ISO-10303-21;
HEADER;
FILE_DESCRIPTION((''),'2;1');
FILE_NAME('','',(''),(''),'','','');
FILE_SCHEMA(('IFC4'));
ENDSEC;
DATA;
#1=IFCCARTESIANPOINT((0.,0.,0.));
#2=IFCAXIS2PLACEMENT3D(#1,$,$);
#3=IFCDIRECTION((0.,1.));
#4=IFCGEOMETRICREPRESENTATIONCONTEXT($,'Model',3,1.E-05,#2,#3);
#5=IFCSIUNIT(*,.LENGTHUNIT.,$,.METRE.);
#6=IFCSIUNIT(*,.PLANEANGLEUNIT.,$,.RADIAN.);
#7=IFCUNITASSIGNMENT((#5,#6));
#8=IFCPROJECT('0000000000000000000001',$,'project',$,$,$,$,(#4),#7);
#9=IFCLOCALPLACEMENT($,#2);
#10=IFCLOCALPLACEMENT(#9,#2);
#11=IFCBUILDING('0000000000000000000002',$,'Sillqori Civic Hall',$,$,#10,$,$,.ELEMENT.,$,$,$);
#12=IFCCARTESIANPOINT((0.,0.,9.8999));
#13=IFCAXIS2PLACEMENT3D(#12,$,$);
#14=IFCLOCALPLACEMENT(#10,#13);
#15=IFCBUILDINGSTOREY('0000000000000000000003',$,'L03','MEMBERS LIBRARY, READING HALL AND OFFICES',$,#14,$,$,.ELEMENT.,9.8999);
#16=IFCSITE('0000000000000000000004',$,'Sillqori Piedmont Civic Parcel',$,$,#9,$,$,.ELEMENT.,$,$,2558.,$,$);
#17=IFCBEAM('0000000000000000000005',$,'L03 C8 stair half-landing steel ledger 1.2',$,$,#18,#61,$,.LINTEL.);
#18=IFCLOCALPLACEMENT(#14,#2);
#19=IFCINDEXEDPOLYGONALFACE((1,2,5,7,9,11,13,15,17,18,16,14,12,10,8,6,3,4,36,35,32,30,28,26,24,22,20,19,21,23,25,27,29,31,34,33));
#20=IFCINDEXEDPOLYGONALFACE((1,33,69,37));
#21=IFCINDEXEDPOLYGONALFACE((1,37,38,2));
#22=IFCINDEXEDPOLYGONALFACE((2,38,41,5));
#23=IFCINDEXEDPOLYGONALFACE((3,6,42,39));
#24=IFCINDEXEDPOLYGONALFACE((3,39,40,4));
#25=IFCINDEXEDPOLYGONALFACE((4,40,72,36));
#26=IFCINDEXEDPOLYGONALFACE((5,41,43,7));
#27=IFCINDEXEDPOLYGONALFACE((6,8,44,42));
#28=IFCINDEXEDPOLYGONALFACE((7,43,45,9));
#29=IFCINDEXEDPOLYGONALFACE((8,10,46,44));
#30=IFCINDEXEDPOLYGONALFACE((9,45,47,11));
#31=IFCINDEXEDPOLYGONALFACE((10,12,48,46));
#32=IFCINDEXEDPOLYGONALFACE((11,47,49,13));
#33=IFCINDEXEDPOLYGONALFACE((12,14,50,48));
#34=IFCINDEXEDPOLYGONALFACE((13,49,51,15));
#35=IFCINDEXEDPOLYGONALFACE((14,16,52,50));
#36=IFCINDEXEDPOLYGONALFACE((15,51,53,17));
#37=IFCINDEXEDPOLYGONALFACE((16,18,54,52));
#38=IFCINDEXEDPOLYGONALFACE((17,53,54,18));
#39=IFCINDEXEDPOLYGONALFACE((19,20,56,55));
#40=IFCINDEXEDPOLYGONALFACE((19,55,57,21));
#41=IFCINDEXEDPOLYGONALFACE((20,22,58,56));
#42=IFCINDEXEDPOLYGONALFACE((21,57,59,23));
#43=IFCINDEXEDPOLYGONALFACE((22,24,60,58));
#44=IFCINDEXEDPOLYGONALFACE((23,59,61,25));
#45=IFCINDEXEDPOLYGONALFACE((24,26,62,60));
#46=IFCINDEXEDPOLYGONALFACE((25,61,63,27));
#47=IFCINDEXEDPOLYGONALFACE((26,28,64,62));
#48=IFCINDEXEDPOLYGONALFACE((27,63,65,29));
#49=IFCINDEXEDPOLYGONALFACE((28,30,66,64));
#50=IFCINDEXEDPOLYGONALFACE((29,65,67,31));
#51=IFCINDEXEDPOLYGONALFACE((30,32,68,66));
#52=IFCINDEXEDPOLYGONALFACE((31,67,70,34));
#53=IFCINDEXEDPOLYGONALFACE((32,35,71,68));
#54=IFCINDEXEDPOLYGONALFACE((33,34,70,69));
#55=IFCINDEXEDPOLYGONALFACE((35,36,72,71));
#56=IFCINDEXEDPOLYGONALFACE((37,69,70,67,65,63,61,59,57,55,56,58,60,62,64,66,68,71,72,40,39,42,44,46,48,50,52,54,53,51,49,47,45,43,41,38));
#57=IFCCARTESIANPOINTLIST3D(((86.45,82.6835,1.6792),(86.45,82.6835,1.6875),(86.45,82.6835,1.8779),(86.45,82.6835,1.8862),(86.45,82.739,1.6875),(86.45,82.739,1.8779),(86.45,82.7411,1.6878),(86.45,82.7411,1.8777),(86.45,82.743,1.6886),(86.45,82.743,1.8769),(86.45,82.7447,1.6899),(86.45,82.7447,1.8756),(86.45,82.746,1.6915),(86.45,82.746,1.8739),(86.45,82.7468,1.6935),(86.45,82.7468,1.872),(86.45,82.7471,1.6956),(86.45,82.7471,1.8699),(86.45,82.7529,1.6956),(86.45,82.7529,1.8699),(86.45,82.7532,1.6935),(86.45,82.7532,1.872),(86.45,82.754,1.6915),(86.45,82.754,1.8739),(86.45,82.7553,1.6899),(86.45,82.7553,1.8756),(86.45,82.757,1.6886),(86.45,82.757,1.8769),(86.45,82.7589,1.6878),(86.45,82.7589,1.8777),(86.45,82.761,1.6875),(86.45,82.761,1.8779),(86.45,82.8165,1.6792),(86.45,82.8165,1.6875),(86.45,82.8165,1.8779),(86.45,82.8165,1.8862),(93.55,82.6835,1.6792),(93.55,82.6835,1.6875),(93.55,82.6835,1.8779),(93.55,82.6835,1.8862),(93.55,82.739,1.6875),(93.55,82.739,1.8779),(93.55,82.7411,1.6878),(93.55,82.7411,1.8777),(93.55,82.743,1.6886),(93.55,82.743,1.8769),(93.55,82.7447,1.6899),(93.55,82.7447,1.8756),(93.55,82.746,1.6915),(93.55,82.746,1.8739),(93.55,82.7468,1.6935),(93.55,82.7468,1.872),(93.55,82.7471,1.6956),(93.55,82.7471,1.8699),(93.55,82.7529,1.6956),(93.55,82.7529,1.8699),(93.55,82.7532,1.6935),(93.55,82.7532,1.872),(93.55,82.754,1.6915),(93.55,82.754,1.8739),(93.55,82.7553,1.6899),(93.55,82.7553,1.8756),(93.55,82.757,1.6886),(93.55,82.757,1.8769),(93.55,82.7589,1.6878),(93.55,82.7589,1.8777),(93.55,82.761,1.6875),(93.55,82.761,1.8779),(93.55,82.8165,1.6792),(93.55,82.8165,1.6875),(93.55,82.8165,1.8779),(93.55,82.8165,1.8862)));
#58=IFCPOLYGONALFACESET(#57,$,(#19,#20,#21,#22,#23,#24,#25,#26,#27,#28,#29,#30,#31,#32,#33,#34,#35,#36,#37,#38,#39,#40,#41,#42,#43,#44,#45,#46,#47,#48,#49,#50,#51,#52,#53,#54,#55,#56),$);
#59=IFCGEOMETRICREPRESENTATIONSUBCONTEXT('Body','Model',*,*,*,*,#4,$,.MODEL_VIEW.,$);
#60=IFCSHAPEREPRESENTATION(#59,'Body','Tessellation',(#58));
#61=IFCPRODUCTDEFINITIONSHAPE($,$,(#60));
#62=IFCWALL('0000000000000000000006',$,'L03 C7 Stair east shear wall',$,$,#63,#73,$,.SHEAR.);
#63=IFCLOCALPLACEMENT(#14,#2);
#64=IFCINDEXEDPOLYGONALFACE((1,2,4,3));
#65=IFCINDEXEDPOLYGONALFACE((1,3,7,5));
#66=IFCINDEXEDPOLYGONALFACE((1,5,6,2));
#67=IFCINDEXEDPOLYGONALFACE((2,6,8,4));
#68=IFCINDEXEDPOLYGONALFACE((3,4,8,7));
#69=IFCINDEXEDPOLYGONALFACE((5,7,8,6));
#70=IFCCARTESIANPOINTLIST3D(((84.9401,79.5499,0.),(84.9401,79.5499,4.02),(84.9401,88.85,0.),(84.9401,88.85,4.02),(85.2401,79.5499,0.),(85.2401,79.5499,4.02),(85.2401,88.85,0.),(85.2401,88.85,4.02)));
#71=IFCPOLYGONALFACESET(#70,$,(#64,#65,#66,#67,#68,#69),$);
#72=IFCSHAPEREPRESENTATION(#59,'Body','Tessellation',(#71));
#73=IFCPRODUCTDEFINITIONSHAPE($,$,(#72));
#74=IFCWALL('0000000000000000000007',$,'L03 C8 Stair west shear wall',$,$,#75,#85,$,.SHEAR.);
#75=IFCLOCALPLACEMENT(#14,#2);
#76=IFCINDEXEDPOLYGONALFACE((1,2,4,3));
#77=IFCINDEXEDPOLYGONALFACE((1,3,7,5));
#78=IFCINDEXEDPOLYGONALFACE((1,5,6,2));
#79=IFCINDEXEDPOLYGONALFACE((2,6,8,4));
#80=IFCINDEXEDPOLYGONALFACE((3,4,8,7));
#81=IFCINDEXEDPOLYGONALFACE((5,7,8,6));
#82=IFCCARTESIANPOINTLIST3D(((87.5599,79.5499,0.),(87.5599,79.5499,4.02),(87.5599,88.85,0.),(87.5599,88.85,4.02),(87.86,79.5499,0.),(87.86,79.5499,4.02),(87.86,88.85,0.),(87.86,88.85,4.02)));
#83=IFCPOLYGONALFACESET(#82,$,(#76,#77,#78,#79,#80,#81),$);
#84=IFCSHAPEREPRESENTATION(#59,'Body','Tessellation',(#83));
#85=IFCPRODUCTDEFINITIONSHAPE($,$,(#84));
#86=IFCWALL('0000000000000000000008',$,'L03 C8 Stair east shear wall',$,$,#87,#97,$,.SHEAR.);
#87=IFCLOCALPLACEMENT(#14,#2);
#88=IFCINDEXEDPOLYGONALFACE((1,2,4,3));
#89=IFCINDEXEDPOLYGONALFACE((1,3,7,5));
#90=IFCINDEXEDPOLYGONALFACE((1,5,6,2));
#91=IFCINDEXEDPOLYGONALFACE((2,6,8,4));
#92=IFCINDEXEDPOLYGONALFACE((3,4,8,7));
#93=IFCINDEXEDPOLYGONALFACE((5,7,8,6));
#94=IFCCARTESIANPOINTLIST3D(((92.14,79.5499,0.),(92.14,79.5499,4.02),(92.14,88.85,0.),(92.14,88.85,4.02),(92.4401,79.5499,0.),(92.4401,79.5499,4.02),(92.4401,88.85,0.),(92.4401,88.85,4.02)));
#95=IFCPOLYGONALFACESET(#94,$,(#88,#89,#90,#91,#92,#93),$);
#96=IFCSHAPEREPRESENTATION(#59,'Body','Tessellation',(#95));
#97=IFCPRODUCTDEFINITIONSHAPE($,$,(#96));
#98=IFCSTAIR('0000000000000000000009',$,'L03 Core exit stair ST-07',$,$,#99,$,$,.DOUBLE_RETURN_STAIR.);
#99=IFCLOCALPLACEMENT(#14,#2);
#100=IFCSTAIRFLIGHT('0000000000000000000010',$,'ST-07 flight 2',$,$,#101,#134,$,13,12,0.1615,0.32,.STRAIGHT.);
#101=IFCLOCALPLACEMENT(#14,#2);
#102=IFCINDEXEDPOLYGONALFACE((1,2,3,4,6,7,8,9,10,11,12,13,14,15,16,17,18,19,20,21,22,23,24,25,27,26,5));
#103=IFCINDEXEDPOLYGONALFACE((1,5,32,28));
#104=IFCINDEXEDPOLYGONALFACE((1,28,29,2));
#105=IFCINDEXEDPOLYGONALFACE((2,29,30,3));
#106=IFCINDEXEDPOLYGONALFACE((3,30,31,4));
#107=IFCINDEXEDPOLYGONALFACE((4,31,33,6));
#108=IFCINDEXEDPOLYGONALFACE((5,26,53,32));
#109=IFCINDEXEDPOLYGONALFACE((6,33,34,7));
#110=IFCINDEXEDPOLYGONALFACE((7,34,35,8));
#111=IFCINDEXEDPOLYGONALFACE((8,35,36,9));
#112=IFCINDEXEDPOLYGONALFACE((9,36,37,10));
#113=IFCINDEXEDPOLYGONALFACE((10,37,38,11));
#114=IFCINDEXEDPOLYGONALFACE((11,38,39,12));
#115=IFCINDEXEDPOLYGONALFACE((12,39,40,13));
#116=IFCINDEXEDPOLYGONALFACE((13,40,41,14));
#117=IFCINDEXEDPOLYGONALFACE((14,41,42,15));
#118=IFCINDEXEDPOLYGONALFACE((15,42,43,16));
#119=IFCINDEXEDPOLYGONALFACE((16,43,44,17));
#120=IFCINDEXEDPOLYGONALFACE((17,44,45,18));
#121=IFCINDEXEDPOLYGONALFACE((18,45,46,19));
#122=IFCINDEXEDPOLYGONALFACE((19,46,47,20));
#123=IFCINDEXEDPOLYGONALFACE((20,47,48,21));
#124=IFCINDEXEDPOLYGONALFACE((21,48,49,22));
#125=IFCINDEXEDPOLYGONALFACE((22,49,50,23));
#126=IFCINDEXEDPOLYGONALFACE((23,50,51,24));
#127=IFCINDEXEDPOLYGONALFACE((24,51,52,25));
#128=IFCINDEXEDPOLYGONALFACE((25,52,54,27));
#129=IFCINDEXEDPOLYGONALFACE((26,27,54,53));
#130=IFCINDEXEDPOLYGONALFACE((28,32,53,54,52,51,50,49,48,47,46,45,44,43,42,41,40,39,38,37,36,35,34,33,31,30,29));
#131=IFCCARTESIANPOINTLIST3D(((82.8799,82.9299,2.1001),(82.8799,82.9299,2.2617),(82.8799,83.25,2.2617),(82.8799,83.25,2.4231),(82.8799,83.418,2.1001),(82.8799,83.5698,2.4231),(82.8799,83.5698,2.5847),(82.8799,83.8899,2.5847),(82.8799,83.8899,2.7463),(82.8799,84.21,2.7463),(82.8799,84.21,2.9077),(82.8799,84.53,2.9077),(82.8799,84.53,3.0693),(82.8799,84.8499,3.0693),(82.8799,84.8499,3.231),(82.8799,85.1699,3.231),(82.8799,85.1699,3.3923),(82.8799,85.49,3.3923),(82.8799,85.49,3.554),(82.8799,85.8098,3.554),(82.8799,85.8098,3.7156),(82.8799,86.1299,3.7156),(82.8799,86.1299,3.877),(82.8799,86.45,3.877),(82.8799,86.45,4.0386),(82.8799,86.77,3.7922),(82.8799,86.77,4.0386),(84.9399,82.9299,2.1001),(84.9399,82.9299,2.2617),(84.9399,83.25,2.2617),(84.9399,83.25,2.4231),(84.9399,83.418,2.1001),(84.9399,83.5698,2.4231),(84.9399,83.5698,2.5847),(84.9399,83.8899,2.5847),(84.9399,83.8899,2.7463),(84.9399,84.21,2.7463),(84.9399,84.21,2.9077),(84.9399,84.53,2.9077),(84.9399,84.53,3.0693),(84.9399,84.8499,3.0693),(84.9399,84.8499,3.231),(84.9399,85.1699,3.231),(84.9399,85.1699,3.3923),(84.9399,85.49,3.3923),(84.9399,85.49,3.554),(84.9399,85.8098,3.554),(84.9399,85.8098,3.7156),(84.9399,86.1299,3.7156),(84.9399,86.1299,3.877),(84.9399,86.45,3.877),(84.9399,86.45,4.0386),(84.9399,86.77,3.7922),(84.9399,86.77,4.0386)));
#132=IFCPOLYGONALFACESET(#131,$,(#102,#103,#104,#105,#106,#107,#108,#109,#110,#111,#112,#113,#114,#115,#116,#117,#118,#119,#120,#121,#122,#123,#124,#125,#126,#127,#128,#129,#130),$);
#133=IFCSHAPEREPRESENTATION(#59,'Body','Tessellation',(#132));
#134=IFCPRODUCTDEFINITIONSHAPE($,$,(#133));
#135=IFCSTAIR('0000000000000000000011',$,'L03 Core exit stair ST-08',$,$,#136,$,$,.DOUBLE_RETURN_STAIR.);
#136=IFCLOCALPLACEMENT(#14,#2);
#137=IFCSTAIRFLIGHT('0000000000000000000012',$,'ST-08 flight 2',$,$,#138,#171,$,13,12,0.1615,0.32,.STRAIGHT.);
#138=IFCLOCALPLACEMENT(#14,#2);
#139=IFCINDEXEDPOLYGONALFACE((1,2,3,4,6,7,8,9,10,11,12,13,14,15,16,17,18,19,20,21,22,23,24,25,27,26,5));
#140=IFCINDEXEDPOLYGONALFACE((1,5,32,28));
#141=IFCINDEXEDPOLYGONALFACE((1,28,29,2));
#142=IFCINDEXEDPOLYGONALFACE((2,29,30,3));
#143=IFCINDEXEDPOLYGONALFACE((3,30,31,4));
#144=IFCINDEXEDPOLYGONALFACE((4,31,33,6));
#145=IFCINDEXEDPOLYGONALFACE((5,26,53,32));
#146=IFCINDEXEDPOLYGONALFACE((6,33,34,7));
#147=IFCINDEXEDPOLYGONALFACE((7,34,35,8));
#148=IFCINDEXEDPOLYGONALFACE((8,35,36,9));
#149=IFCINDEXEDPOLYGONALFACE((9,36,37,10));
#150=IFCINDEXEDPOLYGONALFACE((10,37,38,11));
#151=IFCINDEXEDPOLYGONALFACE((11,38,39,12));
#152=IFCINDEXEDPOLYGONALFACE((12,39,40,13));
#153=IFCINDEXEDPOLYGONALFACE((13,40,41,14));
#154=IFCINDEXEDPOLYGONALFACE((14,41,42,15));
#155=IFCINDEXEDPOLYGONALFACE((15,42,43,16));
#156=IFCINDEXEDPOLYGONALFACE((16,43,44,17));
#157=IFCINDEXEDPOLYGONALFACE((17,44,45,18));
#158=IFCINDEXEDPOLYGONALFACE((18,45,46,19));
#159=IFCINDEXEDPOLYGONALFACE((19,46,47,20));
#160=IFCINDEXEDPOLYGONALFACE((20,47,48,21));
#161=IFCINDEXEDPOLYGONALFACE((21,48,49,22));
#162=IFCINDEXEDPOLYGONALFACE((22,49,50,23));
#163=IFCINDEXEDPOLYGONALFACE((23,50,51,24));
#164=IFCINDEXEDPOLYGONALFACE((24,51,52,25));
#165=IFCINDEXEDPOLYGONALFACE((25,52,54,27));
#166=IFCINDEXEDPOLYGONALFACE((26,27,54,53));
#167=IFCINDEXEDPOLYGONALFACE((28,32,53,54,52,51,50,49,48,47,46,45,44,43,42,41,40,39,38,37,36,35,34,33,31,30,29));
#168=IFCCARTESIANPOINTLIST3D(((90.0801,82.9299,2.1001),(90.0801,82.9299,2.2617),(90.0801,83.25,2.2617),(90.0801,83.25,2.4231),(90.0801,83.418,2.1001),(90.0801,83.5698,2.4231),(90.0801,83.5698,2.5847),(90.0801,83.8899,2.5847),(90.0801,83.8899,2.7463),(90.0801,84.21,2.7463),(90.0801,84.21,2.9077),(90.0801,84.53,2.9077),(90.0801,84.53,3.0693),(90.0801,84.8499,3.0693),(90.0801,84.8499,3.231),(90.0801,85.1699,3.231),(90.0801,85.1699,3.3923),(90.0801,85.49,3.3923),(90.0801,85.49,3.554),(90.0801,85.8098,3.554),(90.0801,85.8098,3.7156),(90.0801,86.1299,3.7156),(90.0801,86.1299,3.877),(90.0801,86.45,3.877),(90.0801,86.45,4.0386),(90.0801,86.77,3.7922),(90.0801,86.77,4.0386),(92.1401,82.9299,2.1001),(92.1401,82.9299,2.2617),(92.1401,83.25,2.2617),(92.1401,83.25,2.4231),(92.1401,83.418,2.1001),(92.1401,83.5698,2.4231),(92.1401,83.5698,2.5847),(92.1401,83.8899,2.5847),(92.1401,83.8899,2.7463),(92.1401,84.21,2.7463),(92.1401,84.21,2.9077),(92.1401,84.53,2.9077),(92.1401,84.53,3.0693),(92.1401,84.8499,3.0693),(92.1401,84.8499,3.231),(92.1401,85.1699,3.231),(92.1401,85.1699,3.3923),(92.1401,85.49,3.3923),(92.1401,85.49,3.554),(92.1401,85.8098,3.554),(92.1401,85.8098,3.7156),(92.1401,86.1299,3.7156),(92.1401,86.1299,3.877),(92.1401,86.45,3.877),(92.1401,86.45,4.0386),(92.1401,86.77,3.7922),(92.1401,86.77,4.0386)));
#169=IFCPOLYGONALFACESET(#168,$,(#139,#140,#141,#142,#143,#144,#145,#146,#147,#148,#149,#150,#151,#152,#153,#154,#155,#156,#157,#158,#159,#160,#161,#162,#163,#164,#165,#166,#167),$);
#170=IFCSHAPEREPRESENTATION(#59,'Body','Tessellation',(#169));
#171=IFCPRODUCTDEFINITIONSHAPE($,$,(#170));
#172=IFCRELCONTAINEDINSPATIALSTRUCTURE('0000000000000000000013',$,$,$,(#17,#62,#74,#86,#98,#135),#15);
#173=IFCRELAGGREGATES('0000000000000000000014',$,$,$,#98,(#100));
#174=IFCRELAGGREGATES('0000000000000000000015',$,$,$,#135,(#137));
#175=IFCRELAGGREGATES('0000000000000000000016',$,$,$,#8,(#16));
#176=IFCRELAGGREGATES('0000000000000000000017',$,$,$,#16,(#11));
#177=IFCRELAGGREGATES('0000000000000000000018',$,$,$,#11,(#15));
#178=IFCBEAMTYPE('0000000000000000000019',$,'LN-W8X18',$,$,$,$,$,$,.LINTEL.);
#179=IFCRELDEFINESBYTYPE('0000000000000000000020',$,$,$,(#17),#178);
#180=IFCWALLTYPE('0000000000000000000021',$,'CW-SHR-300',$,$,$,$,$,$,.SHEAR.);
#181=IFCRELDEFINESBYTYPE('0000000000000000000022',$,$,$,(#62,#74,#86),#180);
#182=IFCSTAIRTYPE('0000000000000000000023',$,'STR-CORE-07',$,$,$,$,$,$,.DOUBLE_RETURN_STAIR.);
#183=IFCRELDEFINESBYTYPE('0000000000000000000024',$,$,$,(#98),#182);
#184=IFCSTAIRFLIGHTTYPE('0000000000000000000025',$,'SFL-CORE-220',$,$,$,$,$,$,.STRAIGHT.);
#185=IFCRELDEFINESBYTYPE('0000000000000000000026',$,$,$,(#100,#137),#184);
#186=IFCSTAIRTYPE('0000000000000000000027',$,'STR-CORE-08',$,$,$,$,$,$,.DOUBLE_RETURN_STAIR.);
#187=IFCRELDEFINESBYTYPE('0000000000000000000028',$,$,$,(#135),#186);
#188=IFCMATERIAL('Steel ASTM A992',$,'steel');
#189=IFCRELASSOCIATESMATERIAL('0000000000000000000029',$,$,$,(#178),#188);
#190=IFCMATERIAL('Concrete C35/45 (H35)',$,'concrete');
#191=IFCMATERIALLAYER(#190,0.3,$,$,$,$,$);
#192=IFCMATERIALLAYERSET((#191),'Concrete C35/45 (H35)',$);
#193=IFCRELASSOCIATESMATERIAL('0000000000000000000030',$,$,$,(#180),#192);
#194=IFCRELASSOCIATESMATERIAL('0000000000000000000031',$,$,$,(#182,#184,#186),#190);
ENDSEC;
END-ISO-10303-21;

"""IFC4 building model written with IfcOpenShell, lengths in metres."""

from ifc_helpers import new_model, si_unit, direction, frame, frame_2d, origin, origin_2d, place, context, subcontext, project, spatial, polyline, rectangle, i_section, outline, extrude, material, layer, layer_set, material_profile, profile_set, type_object, element, aggregate, save


model = new_model("IFC4")

# Units and contexts
model_context = context("Model", 3, precision=1e-05, world=origin(), true_north=direction((0.0, 1.0)))
body_context = subcontext(model_context, "Body", "Model", "MODEL_VIEW")
ifc_project = project(units=[si_unit("LENGTHUNIT", "METRE"), si_unit("PLANEANGLEUNIT", "RADIAN")], contexts=[model_context])

# Site, building, storey
site_placement = place(None, origin())
site = spatial("IfcSite", under=ifc_project, at=site_placement, Name="Sillqori Piedmont Civic Parcel", CompositionType="ELEMENT", RefElevation=2558.0)
building_placement = place(site_placement, origin())
building = spatial("IfcBuilding", under=site, at=building_placement, Name="Sillqori Civic Hall", CompositionType="ELEMENT")
storey_placement = place(building_placement, frame((0.0, 0.0, 9.8999)))
storey = spatial("IfcBuildingStorey", under=building, at=storey_placement, Name="L03", Description="MEMBERS LIBRARY, READING HALL AND OFFICES", CompositionType="ELEMENT", Elevation=9.8999)

# Shared definitions
ifc_material_1 = material(Name="Steel ASTM A992", Category="steel")

# Beam
ifc_material_profile_1 = material_profile(ifc_material_1, i_section(OverallWidth=0.1331, OverallDepth=0.207, WebThickness=0.0059, FlangeThickness=0.0083, FilletRadius=0.0081, at=origin_2d()), Name="W8X18")
ifc_profile_set_1 = profile_set([ifc_material_profile_1], Name="Steel ASTM A992")
beam_type_1 = type_object("IfcBeamType", Name="LN-W8X18", PredefinedType="LINTEL", material=ifc_profile_set_1)
for number, where, z_axis, x_axis, name in (
    (1, (86.45, 82.75, 1.7827), (1.0, 0.0, 0.0), (0.0, 1.0, 0.0), "L03 C8 stair half-landing steel ledger 1.2"),
):
    element("IfcBeam", number, at=place(storey_placement, frame(where, z_axis=z_axis, x_axis=x_axis)), inside=storey, type_object=beam_type_1, Name=name, PredefinedType="LINTEL", context=body_context, shape_type="SweptSolid", body=[
        extrude(i_section(OverallWidth=0.1331, OverallDepth=0.207, WebThickness=0.0059, FlangeThickness=0.0083, FilletRadius=0.0081, at=origin_2d()), origin(), (0.0, 0.0, 1.0), 7.1001),
    ])

# Walls
ifc_material_2 = material(Name="Concrete C35/45 (H35)", Category="concrete")
ifc_layer_1 = layer(ifc_material_2, 0.3)
ifc_layer_set_1 = layer_set([ifc_layer_1], Name="Concrete C35/45 (H35)")
wall_type = type_object("IfcWallType", Name="CW-SHR-300", PredefinedType="SHEAR", material=ifc_layer_set_1)
for number, where, z_axis, x_axis, name in (
    (2, (85.0901, 79.55, 0.0), (0.0, 0.0, 1.0), (0.0, 1.0, 0.0), "L03 C7 Stair east shear wall"),
    (3, (87.71, 79.55, 0.0), (0.0, 0.0, 1.0), (0.0, 1.0, 0.0), "L03 C8 Stair west shear wall"),
    (4, (92.29, 79.55, 0.0), (0.0, 0.0, 1.0), (0.0, 1.0, 0.0), "L03 C8 Stair east shear wall"),
):
    element("IfcWall", number, at=place(storey_placement, frame(where, z_axis=z_axis, x_axis=x_axis)), inside=storey, type_object=wall_type, Name=name, PredefinedType="SHEAR", context=body_context, shape_type="SweptSolid", body=[
        extrude(rectangle(XDim=9.3, YDim=0.3, at=frame_2d((4.6499, 0.0))), origin(), (0.0, 0.0, 1.0), 4.02),
    ])

# Stairs, stair flights
stair_type_1 = type_object("IfcStairType", Name="STR-CORE-07", PredefinedType="DOUBLE_RETURN_STAIR", material=ifc_material_2)
stair_1_placement = place(storey_placement, origin())
stair_1 = element("IfcStair", 5, at=stair_1_placement, inside=storey, type_object=stair_type_1, Name="L03 Core exit stair ST-07", PredefinedType="DOUBLE_RETURN_STAIR")
stair_flight_type = type_object("IfcStairFlightType", Name="SFL-CORE-220", PredefinedType="STRAIGHT", material=ifc_material_2)
stair_flight_1_placement = place(storey_placement, frame((83.9099, 82.9299, 2.1001), z_axis=(0.0, 0.0, 1.0), x_axis=(0.0, 1.0, 0.0)))
stair_flight_1 = element("IfcStairFlight", 6, at=stair_flight_1_placement, type_object=stair_flight_type, Name="ST-07 flight 2", NumberOfRisers=13, NumberOfTreads=12, PredefinedType="STRAIGHT", RiserHeight=0.1615, TreadLength=0.32, context=body_context, shape_type="SweptSolid", body=[
    extrude(outline(polyline([(0.0, 0.0), (0.0, 0.1616), (0.3201, 0.1616), (0.3201, 0.323), (0.6399, 0.323), (0.6399, 0.4846), (0.96, 0.4846), (0.96, 0.6462), (1.28, 0.6462), (1.28, 0.8076), (1.6001, 0.8076), (1.6001, 0.9692), (1.9199, 0.9692), (1.9199, 1.1309), (2.24, 1.1309), (2.24, 1.2922), (2.5601, 1.2922), (2.5601, 1.4539), (2.8799, 1.4539), (2.8799, 1.6155), (3.2, 1.6155), (3.2, 1.7769), (3.52, 1.7769), (3.52, 1.9385), (3.8401, 1.9385), (3.8401, 2.1001), (3.8401, 1.6921), (0.488, 0.0), (0.0, 0.0)])), frame((0.0, 1.03, 0.0), z_axis=(0.0, -1.0, 0.0), x_axis=(1.0, 0.0, 0.0)), (0.0, 0.0, 1.0), 2.0601),
])
aggregate(stair_1, [stair_flight_1])
stair_type_2 = type_object("IfcStairType", Name="STR-CORE-08", PredefinedType="DOUBLE_RETURN_STAIR", material=ifc_material_2)
stair_2_placement = place(storey_placement, origin())
stair_2 = element("IfcStair", 7, at=stair_2_placement, inside=storey, type_object=stair_type_2, Name="L03 Core exit stair ST-08", PredefinedType="DOUBLE_RETURN_STAIR")
stair_flight_2_placement = place(storey_placement, frame((91.1101, 82.9299, 2.1001), z_axis=(0.0, 0.0, 1.0), x_axis=(0.0, 1.0, 0.0)))
stair_flight_2 = element("IfcStairFlight", 8, at=stair_flight_2_placement, type_object=stair_flight_type, Name="ST-08 flight 2", NumberOfRisers=13, NumberOfTreads=12, PredefinedType="STRAIGHT", RiserHeight=0.1615, TreadLength=0.32, context=body_context, shape_type="SweptSolid", body=[
    extrude(outline(polyline([(0.0, 0.0), (0.0, 0.1616), (0.3201, 0.1616), (0.3201, 0.323), (0.6399, 0.323), (0.6399, 0.4846), (0.96, 0.4846), (0.96, 0.6462), (1.28, 0.6462), (1.28, 0.8076), (1.6001, 0.8076), (1.6001, 0.9692), (1.9199, 0.9692), (1.9199, 1.1309), (2.24, 1.1309), (2.24, 1.2922), (2.5601, 1.2922), (2.5601, 1.4539), (2.8799, 1.4539), (2.8799, 1.6155), (3.2, 1.6155), (3.2, 1.7769), (3.52, 1.7769), (3.52, 1.9385), (3.8401, 1.9385), (3.8401, 2.1001), (3.8401, 1.6921), (0.488, 0.0), (0.0, 0.0)])), frame((0.0, 1.03, 0.0), z_axis=(0.0, -1.0, 0.0), x_axis=(1.0, 0.0, 0.0)), (0.0, 0.0, 1.0), 2.0601),
])
aggregate(stair_2, [stair_flight_2])

save(model, "model.ifc")
